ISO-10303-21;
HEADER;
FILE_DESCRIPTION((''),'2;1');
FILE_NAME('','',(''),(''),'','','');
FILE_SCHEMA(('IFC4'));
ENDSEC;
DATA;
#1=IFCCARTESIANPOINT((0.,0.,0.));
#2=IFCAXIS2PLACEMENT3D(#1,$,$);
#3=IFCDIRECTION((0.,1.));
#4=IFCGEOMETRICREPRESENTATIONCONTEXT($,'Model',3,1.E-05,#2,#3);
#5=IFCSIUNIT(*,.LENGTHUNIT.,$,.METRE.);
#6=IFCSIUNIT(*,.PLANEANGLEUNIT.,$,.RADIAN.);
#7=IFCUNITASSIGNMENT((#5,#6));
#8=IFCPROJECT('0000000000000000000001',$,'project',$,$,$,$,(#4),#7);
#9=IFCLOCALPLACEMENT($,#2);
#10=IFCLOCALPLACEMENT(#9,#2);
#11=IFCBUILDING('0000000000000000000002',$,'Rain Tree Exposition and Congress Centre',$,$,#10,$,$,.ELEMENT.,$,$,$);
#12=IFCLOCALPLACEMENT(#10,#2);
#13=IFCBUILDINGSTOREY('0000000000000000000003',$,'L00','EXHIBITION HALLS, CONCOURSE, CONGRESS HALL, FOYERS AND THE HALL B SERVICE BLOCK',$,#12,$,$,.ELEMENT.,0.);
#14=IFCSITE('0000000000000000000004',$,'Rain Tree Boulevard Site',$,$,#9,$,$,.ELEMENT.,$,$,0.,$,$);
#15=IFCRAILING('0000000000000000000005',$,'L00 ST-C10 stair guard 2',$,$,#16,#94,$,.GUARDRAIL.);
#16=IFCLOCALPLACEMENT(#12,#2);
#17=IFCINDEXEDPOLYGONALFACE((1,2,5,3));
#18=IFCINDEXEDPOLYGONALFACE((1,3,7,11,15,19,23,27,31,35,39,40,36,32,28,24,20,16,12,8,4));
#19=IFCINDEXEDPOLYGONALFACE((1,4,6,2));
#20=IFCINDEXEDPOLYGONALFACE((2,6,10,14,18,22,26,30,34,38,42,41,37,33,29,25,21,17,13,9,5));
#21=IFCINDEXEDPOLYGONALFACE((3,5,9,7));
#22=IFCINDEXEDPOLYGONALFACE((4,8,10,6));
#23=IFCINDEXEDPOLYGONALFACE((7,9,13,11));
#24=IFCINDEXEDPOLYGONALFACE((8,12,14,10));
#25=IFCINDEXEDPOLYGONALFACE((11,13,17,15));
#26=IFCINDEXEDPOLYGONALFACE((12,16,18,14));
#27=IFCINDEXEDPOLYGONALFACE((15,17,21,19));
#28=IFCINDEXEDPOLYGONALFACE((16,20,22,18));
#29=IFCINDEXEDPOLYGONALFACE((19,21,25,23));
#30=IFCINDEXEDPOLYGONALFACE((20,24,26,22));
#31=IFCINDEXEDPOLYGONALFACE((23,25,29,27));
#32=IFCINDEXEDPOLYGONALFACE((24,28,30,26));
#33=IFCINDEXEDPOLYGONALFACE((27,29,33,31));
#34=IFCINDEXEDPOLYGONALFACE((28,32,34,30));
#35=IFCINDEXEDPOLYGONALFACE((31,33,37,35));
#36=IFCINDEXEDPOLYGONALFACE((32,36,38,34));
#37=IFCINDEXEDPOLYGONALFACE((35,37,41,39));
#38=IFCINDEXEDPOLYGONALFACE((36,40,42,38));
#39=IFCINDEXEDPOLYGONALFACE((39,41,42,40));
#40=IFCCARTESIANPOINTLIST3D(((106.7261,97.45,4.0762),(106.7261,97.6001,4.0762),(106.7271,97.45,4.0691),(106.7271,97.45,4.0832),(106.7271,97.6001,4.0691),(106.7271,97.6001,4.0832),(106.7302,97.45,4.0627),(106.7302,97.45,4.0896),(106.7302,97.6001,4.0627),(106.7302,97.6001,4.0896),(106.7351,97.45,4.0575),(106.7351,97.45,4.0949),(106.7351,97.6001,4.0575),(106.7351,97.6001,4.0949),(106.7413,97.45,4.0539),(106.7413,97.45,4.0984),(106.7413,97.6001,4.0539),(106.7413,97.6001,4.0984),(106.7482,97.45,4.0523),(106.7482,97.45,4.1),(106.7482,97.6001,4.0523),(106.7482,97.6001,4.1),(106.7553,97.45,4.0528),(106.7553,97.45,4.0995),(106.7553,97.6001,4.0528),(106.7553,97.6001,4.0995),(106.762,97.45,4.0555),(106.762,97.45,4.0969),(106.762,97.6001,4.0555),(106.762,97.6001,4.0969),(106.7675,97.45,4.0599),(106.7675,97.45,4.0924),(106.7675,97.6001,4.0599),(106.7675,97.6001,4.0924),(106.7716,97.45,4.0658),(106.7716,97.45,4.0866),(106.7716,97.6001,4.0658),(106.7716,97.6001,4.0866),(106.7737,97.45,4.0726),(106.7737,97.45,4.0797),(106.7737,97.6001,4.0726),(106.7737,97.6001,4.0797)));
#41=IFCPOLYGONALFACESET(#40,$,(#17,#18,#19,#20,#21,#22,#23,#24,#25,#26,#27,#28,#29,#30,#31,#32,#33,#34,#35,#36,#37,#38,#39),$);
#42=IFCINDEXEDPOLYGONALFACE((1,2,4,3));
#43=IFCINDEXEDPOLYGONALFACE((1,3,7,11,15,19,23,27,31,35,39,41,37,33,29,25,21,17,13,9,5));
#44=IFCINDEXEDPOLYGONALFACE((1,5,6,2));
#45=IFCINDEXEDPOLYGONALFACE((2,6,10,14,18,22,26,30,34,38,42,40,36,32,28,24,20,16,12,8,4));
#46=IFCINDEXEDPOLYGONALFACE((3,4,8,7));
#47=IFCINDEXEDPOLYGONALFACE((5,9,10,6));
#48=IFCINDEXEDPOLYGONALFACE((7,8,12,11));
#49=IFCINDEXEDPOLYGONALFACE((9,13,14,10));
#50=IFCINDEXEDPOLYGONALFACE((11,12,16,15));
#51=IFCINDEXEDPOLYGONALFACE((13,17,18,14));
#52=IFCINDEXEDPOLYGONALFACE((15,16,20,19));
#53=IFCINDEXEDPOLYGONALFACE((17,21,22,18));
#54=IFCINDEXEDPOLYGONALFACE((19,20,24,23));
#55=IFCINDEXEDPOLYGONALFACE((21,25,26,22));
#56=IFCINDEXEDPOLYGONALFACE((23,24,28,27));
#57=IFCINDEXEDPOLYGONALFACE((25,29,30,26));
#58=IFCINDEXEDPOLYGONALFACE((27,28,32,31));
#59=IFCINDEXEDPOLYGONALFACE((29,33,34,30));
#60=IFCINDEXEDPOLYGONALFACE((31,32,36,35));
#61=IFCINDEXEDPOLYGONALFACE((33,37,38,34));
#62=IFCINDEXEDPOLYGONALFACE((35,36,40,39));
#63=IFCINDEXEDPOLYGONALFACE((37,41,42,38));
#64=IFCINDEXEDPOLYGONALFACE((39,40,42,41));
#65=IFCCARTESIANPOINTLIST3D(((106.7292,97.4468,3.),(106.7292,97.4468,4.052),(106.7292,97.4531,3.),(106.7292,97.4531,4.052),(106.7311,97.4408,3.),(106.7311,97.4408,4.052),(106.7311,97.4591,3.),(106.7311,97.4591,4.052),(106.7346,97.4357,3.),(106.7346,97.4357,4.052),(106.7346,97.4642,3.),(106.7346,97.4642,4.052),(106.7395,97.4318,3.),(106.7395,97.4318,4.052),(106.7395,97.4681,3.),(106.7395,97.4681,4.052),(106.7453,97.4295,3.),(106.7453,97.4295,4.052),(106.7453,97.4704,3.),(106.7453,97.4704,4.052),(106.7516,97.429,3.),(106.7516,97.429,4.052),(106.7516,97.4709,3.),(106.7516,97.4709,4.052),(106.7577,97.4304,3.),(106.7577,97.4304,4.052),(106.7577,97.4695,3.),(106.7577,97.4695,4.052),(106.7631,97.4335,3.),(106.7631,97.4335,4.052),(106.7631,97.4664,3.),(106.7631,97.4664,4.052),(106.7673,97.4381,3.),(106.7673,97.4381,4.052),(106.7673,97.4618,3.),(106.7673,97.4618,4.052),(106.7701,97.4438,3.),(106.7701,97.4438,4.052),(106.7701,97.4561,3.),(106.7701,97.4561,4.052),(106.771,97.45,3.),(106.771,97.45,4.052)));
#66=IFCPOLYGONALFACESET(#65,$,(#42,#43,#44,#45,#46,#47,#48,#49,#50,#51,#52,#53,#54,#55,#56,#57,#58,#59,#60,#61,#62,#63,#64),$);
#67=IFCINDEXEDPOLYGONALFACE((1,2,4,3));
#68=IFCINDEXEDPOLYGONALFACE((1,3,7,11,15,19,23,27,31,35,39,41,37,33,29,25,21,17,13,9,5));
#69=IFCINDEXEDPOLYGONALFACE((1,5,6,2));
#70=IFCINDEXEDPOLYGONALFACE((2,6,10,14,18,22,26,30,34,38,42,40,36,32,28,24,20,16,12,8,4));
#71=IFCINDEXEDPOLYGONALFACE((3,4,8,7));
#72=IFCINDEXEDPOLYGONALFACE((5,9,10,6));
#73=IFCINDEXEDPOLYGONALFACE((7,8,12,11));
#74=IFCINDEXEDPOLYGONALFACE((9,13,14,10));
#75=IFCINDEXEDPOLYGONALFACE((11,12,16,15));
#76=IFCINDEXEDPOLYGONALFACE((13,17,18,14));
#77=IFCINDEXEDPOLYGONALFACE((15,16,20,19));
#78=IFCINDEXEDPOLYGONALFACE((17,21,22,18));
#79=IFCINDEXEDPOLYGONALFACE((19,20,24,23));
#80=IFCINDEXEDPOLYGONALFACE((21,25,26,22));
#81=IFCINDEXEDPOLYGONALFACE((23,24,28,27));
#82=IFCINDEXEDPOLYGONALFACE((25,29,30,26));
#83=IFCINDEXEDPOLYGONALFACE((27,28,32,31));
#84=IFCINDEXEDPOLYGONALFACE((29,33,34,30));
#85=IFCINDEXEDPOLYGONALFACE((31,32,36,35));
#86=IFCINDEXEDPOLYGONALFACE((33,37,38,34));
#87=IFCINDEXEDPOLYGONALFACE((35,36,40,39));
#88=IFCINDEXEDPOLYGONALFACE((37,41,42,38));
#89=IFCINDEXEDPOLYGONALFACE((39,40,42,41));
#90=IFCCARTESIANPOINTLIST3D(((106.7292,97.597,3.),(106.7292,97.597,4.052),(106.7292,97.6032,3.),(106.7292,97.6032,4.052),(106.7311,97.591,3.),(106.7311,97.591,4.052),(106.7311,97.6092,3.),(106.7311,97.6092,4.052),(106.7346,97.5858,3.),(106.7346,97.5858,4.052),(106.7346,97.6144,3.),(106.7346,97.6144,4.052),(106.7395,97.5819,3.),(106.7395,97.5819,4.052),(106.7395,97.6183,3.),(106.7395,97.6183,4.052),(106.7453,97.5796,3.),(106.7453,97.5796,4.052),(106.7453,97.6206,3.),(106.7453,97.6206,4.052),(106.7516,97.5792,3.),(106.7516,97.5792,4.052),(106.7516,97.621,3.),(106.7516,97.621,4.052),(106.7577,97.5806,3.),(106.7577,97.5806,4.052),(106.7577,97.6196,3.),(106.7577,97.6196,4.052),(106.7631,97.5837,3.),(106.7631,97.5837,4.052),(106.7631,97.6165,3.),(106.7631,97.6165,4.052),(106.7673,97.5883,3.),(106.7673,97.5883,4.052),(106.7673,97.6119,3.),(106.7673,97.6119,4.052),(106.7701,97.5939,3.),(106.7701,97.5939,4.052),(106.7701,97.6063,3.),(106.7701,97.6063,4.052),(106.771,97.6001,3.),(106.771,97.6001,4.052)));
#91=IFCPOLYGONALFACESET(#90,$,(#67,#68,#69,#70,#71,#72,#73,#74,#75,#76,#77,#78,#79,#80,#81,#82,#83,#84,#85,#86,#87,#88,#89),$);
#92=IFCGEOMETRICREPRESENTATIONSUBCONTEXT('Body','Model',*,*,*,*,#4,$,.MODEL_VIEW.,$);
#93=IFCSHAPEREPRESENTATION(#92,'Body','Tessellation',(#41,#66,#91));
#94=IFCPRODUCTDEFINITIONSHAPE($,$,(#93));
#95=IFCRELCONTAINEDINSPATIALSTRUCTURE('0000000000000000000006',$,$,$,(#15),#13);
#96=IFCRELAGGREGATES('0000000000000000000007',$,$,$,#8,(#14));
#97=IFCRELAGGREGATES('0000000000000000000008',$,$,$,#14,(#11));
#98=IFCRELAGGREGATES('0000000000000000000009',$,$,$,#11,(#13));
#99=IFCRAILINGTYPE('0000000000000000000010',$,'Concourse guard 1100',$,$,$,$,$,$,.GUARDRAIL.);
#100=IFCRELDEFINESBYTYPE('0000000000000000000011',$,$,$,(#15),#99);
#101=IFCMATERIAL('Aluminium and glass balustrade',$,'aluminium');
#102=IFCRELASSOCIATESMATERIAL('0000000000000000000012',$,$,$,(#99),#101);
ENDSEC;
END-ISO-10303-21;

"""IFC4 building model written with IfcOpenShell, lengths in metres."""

from ifc_helpers import new_model, si_unit, direction, frame, origin, origin_2d, place, context, subcontext, project, spatial, circle, extrude, material, type_object, element, save


model = new_model("IFC4")

# Units and contexts
model_context = context("Model", 3, precision=1e-05, world=origin(), true_north=direction((0.0, 1.0)))
body_context = subcontext(model_context, "Body", "Model", "MODEL_VIEW")
ifc_project = project(units=[si_unit("LENGTHUNIT", "METRE"), si_unit("PLANEANGLEUNIT", "RADIAN")], contexts=[model_context])

# Site, building, storey
site_placement = place(None, origin())
site = spatial("IfcSite", under=ifc_project, at=site_placement, Name="Rain Tree Boulevard Site", CompositionType="ELEMENT", RefElevation=0.0)
building_placement = place(site_placement, origin())
building = spatial("IfcBuilding", under=site, at=building_placement, Name="Rain Tree Exposition and Congress Centre", CompositionType="ELEMENT")
storey_placement = place(building_placement, origin())
storey = spatial("IfcBuildingStorey", under=building, at=storey_placement, Name="L00", Description="EXHIBITION HALLS, CONCOURSE, CONGRESS HALL, FOYERS AND THE HALL B SERVICE BLOCK", CompositionType="ELEMENT", Elevation=0.0)

# Railing
ifc_material_1 = material(Name="Aluminium and glass balustrade", Category="aluminium")
railing_type_1 = type_object("IfcRailingType", Name="Concourse guard 1100", PredefinedType="GUARDRAIL", material=ifc_material_1)
railing_1_placement = place(storey_placement, frame((106.75, 97.45, 3.0)))
element("IfcRailing", 1, at=railing_1_placement, inside=storey, type_object=railing_type_1, Name="L00 ST-C10 stair guard 2", PredefinedType="GUARDRAIL", context=body_context, shape_type="SweptSolid", body=[
    extrude(circle(Radius=0.0239, at=origin_2d()), frame((0.0, 0.0, 1.0762), z_axis=(0.0, 1.0, 0.0), x_axis=(-1.0, 0.0, 0.0)), (0.0, 0.0, 1.0), 0.1501),
    extrude(circle(Radius=0.021, at=origin_2d()), origin(), (0.0, 0.0, 1.0), 1.052),
    extrude(circle(Radius=0.021, at=origin_2d()), frame((0.0, 0.1501, 0.0)), (0.0, 0.0, 1.0), 1.052),
])

save(model, "model.ifc")
